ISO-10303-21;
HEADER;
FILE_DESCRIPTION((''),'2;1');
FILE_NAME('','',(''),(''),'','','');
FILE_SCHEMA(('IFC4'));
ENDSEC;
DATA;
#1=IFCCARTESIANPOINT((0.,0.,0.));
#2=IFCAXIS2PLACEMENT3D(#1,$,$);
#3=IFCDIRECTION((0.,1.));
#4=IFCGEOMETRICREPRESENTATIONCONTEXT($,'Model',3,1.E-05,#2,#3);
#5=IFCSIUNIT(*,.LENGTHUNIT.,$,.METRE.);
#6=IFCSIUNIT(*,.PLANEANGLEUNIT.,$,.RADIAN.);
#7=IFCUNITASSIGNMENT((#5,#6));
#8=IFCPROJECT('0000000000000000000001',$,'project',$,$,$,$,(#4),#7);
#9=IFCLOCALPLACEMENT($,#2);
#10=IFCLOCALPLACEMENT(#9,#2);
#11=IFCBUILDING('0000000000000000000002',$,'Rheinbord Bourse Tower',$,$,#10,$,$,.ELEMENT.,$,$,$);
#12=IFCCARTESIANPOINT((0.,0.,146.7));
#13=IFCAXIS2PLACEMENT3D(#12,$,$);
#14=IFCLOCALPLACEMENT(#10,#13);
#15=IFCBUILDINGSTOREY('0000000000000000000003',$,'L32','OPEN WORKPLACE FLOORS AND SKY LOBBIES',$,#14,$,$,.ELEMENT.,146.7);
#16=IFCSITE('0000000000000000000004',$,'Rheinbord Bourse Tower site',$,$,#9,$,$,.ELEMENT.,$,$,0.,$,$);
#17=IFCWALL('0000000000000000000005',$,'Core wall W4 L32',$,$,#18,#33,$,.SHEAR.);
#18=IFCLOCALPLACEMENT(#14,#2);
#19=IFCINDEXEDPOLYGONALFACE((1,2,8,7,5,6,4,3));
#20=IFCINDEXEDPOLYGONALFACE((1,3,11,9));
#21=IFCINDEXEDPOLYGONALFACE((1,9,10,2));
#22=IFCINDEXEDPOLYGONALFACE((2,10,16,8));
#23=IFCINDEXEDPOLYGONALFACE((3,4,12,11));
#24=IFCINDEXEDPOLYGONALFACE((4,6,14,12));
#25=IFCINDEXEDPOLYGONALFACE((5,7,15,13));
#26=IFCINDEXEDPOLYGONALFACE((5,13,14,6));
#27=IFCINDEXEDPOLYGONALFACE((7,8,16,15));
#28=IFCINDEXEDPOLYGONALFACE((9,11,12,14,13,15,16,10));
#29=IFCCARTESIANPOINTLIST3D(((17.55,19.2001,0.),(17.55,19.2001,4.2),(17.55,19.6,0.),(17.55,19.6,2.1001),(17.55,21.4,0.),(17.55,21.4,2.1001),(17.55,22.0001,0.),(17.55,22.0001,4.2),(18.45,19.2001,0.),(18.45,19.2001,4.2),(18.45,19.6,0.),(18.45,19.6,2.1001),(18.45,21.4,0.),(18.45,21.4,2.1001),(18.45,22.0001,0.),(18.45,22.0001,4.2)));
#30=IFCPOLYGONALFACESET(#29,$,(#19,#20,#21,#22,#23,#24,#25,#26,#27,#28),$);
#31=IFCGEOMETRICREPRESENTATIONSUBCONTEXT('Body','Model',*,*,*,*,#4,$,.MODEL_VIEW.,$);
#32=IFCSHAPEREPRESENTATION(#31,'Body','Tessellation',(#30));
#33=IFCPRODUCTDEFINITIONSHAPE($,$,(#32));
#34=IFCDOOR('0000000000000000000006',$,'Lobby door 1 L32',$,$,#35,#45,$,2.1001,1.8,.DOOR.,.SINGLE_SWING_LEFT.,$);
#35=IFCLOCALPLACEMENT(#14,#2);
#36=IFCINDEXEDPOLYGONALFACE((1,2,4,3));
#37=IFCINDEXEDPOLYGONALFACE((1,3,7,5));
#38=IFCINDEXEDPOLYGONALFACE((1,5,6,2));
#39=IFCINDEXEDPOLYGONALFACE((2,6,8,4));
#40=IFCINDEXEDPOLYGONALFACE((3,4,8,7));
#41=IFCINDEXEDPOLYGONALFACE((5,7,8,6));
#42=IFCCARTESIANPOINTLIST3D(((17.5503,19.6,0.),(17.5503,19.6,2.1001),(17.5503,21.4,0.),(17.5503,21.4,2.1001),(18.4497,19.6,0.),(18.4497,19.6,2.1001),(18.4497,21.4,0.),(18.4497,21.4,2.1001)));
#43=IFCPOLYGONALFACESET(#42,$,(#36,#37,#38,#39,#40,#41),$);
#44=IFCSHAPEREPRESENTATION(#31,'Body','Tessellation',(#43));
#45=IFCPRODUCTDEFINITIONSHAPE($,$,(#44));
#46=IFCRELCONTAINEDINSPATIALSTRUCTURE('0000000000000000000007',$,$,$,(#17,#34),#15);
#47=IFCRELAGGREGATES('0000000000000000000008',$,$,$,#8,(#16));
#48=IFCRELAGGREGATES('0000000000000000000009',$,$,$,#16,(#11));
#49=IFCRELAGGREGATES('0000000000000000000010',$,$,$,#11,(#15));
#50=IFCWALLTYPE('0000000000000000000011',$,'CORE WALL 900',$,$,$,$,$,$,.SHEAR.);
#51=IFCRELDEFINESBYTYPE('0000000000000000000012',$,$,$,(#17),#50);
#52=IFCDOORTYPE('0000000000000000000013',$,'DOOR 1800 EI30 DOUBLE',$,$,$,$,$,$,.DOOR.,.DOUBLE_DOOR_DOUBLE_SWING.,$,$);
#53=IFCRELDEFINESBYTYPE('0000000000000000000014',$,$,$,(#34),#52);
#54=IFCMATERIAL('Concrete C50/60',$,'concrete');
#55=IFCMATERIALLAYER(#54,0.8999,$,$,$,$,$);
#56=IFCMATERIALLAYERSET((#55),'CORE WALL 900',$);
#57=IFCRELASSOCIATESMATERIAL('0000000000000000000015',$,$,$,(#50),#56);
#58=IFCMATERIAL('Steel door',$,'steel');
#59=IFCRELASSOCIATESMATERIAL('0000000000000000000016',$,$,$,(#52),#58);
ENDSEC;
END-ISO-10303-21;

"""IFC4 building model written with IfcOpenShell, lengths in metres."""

from ifc_helpers import new_model, si_unit, direction, frame, frame_2d, origin, place, context, subcontext, project, spatial, rectangle, extrude, material, layer, layer_set, type_object, element, fill, save


model = new_model("IFC4")

# Units and contexts
model_context = context("Model", 3, precision=1e-05, world=origin(), true_north=direction((0.0, 1.0)))
body_context = subcontext(model_context, "Body", "Model", "MODEL_VIEW")
ifc_project = project(units=[si_unit("LENGTHUNIT", "METRE"), si_unit("PLANEANGLEUNIT", "RADIAN")], contexts=[model_context])

# Site, building, storey
site_placement = place(None, origin())
site = spatial("IfcSite", under=ifc_project, at=site_placement, Name="Rheinbord Bourse Tower site", CompositionType="ELEMENT", RefElevation=0.0)
building_placement = place(site_placement, origin())
building = spatial("IfcBuilding", under=site, at=building_placement, Name="Rheinbord Bourse Tower", CompositionType="ELEMENT")
storey_placement = place(building_placement, frame((0.0, 0.0, 146.7)))
storey = spatial("IfcBuildingStorey", under=building, at=storey_placement, Name="L32", Description="OPEN WORKPLACE FLOORS AND SKY LOBBIES", CompositionType="ELEMENT", Elevation=146.7)

# Shared definitions
ifc_material_1 = material(Name="Concrete C50/60", Category="concrete")
ifc_layer_1 = layer(ifc_material_1, 0.8999)
ifc_layer_set_1 = layer_set([ifc_layer_1], Name="CORE WALL 900")
wall_type_1 = type_object("IfcWallType", Name="CORE WALL 900", PredefinedType="SHEAR", material=ifc_layer_set_1)
ifc_material_2 = material(Name="Steel door", Category="steel")
door_type_1 = type_object("IfcDoorType", Name="DOOR 1800 EI30 DOUBLE", OperationType="DOUBLE_DOOR_DOUBLE_SWING", PredefinedType="DOOR", material=ifc_material_2)

# Wall, opening, door
wall_1_placement = place(storey_placement, frame((18.0, 22.0, 0.0), z_axis=(0.0, 0.0, 1.0), x_axis=(0.0, -1.0, 0.0)))
wall_1 = element("IfcWall", 1, at=wall_1_placement, inside=storey, type_object=wall_type_1, Name="Core wall W4 L32", PredefinedType="SHEAR", context=body_context, shape_type="SweptSolid", body=[
    extrude(rectangle(XDim=2.8, YDim=0.8999, at=frame_2d((1.3999, 0.0))), origin(), (0.0, 0.0, 1.0), 4.2),
])
opening_1_placement = place(wall_1_placement, frame((0.6001, 0.0, 0.0)))
opening_1 = element("IfcOpeningElement", 2, at=opening_1_placement, cuts=wall_1, PredefinedType="OPENING", context=body_context, shape_type="SweptSolid", body=[
    extrude(rectangle(XDim=1.8, YDim=2.1001, at=frame_2d((0.8999, 1.05))), frame((0.0, 0.46, 0.0), z_axis=(0.0, -1.0, 0.0), x_axis=(1.0, 0.0, 0.0)), (0.0, 0.0, 1.0), 0.9199),
])
door_1_placement = place(opening_1_placement, origin())
door_1 = element("IfcDoor", 3, at=door_1_placement, inside=storey, type_object=door_type_1, Name="Lobby door 1 L32", OperationType="SINGLE_SWING_LEFT", OverallHeight=2.1001, OverallWidth=1.8, PredefinedType="DOOR", context=body_context, shape_type="SweptSolid", body=[
    extrude(rectangle(XDim=1.8, YDim=2.1001, at=frame_2d((0.8999, 1.05))), frame((0.0, 0.4497, 0.0), z_axis=(0.0, -1.0, 0.0), x_axis=(1.0, 0.0, 0.0)), (0.0, 0.0, 1.0), 0.8994),
])
fill(opening_1, door_1)

save(model, "model.ifc")
